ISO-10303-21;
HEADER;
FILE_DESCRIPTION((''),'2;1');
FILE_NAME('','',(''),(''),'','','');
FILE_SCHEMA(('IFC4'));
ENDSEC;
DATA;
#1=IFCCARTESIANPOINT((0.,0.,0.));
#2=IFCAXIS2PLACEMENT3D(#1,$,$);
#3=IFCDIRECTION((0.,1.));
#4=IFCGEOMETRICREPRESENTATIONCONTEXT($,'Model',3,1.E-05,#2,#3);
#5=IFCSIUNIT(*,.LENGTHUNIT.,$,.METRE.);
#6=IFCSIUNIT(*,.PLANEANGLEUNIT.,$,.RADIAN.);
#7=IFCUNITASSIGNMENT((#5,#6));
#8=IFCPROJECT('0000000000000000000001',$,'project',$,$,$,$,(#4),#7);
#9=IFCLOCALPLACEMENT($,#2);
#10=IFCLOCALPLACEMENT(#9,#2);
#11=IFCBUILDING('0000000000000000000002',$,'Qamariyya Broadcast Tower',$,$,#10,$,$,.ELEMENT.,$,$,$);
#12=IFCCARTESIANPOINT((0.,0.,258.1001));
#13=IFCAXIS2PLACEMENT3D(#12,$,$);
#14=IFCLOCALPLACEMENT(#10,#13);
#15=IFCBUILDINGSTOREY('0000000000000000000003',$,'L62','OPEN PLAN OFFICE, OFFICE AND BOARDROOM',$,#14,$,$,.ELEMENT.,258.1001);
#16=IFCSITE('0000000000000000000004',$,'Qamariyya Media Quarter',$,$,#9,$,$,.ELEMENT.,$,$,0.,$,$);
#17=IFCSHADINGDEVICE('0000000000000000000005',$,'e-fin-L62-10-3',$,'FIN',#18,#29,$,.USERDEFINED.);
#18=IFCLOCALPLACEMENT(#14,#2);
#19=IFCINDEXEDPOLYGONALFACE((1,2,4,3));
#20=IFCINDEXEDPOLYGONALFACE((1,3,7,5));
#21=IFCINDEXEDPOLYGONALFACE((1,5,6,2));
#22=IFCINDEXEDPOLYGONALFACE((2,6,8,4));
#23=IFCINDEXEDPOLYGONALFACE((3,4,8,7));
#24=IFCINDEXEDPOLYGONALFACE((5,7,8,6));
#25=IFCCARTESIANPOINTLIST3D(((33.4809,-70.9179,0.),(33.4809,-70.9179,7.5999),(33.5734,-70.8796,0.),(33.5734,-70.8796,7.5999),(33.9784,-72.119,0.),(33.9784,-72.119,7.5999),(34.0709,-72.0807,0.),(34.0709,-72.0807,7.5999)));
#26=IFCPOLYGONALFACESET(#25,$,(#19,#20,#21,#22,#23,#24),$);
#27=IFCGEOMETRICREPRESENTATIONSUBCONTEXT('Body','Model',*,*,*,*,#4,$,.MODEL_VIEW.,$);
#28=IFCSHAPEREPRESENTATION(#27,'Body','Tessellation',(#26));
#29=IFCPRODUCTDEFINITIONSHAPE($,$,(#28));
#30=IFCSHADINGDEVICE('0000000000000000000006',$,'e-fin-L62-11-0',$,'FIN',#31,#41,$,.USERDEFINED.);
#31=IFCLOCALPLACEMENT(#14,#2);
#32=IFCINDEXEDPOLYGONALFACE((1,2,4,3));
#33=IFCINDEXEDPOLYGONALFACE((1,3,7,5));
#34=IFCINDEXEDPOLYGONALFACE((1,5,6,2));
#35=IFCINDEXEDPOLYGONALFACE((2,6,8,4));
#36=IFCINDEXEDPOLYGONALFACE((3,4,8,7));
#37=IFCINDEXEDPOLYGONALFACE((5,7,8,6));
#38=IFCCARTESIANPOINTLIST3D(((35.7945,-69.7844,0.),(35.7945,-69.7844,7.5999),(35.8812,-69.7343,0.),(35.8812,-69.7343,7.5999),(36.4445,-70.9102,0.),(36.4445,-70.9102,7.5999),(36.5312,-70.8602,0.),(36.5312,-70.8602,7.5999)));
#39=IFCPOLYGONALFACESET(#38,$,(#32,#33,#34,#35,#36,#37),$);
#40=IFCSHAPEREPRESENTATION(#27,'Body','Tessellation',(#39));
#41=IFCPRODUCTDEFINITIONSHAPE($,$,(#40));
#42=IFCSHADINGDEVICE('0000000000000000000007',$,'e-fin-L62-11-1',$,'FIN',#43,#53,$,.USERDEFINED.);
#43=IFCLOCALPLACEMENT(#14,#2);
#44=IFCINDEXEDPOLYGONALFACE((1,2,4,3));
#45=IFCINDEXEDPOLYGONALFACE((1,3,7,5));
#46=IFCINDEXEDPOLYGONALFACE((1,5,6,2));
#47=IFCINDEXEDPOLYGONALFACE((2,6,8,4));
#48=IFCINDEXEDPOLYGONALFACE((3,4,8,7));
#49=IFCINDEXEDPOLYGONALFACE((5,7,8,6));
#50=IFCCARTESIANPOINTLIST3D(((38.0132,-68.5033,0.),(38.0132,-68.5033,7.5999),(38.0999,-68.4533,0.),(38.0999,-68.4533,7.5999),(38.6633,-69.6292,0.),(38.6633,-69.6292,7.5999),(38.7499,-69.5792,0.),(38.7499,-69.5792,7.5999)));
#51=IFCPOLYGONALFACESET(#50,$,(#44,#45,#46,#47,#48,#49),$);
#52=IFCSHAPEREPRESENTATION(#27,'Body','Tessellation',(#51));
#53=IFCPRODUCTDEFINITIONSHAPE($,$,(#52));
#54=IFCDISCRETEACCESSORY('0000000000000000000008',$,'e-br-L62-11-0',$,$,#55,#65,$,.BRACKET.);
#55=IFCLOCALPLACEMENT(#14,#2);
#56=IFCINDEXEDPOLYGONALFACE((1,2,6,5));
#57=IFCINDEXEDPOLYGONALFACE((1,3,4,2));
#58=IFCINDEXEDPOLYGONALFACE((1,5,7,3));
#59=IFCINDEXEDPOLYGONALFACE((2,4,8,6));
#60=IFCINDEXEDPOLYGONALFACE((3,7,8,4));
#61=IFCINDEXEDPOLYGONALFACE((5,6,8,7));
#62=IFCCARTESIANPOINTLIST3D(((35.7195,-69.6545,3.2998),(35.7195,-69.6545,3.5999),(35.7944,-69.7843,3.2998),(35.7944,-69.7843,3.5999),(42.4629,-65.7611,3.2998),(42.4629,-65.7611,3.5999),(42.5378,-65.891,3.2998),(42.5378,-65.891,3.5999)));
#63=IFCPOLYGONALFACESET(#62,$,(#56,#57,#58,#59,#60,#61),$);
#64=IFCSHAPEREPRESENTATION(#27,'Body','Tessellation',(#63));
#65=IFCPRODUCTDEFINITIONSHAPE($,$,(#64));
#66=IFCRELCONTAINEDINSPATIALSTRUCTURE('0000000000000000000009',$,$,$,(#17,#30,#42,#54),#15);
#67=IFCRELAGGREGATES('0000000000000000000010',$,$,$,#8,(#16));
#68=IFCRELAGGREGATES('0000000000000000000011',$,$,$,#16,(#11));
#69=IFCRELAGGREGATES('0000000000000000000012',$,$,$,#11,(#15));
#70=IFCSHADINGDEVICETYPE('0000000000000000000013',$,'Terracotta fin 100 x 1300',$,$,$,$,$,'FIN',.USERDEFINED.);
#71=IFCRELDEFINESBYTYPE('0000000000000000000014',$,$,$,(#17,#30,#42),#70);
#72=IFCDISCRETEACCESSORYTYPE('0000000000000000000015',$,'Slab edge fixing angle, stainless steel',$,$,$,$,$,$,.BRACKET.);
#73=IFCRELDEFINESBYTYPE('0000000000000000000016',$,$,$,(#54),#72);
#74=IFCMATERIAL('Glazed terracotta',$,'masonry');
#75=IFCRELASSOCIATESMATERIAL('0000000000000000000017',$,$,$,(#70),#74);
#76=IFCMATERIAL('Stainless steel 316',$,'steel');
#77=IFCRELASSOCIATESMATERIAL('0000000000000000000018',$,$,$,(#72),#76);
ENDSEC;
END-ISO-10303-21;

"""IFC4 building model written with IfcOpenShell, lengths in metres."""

from ifc_helpers import new_model, si_unit, direction, frame, origin, origin_2d, place, context, subcontext, project, spatial, rectangle, extrude, material, material_profile, profile_set, type_object, element, save


model = new_model("IFC4")

# Units and contexts
model_context = context("Model", 3, precision=1e-05, world=origin(), true_north=direction((0.0, 1.0)))
body_context = subcontext(model_context, "Body", "Model", "MODEL_VIEW")
ifc_project = project(units=[si_unit("LENGTHUNIT", "METRE"), si_unit("PLANEANGLEUNIT", "RADIAN")], contexts=[model_context])

# Site, building, storey
site_placement = place(None, origin())
site = spatial("IfcSite", under=ifc_project, at=site_placement, Name="Qamariyya Media Quarter", CompositionType="ELEMENT", RefElevation=0.0)
building_placement = place(site_placement, origin())
building = spatial("IfcBuilding", under=site, at=building_placement, Name="Qamariyya Broadcast Tower", CompositionType="ELEMENT")
storey_placement = place(building_placement, frame((0.0, 0.0, 258.1001)))
storey = spatial("IfcBuildingStorey", under=building, at=storey_placement, Name="L62", Description="OPEN PLAN OFFICE, OFFICE AND BOARDROOM", CompositionType="ELEMENT", Elevation=258.1001)

# Shading devices
ifc_material_1 = material(Name="Glazed terracotta", Category="masonry")
ifc_material_profile_1 = material_profile(ifc_material_1, rectangle(XDim=1.3, YDim=0.1001, at=origin_2d()))
ifc_profile_set_1 = profile_set([ifc_material_profile_1], Name="Glazed terracotta")
shading_device_type_1 = type_object("IfcShadingDeviceType", Name="Terracotta fin 100 x 1300", ElementType="FIN", PredefinedType="USERDEFINED", material=ifc_profile_set_1)
for number, where, z_axis, x_axis, name in (
    (1, (33.7759, -71.4993, 0.0), (0.0, 0.0, 1.0), (0.382683, -0.92388, 0.0), "e-fin-L62-10-3"),
    (2, (36.1628, -70.3223, 0.0), (0.0, 0.0, 1.0), (0.5, -0.866025, 0.0), "e-fin-L62-11-0"),
    (3, (38.3816, -69.0413, 0.0), (0.0, 0.0, 1.0), (0.5, -0.866025, 0.0), "e-fin-L62-11-1"),
):
    element("IfcShadingDevice", number, at=place(storey_placement, frame(where, z_axis=z_axis, x_axis=x_axis)), inside=storey, type_object=shading_device_type_1, Name=name, ObjectType="FIN", PredefinedType="USERDEFINED", context=body_context, shape_type="SweptSolid", body=[
        extrude(rectangle(XDim=1.3, YDim=0.1001, at=origin_2d()), origin(), (0.0, 0.0, 1.0), 7.5999),
    ])

# Discrete accessory
ifc_material_2 = material(Name="Stainless steel 316", Category="steel")
discrete_accessory_type = type_object("IfcDiscreteAccessoryType", Name="Slab edge fixing angle, stainless steel", PredefinedType="BRACKET", material=ifc_material_2)
discrete_accessory_placement = place(storey_placement, frame((39.1287, -67.7727, 3.2998), z_axis=(0.0, 0.0, 1.0), x_axis=(0.866025, 0.5, 0.0)))
element("IfcDiscreteAccessory", 4, at=discrete_accessory_placement, inside=storey, type_object=discrete_accessory_type, Name="e-br-L62-11-0", PredefinedType="BRACKET", context=body_context, shape_type="SweptSolid", body=[
    extrude(rectangle(XDim=7.7866, YDim=0.1499, at=origin_2d()), origin(), (0.0, 0.0, 1.0), 0.3),
])

save(model, "model.ifc")
